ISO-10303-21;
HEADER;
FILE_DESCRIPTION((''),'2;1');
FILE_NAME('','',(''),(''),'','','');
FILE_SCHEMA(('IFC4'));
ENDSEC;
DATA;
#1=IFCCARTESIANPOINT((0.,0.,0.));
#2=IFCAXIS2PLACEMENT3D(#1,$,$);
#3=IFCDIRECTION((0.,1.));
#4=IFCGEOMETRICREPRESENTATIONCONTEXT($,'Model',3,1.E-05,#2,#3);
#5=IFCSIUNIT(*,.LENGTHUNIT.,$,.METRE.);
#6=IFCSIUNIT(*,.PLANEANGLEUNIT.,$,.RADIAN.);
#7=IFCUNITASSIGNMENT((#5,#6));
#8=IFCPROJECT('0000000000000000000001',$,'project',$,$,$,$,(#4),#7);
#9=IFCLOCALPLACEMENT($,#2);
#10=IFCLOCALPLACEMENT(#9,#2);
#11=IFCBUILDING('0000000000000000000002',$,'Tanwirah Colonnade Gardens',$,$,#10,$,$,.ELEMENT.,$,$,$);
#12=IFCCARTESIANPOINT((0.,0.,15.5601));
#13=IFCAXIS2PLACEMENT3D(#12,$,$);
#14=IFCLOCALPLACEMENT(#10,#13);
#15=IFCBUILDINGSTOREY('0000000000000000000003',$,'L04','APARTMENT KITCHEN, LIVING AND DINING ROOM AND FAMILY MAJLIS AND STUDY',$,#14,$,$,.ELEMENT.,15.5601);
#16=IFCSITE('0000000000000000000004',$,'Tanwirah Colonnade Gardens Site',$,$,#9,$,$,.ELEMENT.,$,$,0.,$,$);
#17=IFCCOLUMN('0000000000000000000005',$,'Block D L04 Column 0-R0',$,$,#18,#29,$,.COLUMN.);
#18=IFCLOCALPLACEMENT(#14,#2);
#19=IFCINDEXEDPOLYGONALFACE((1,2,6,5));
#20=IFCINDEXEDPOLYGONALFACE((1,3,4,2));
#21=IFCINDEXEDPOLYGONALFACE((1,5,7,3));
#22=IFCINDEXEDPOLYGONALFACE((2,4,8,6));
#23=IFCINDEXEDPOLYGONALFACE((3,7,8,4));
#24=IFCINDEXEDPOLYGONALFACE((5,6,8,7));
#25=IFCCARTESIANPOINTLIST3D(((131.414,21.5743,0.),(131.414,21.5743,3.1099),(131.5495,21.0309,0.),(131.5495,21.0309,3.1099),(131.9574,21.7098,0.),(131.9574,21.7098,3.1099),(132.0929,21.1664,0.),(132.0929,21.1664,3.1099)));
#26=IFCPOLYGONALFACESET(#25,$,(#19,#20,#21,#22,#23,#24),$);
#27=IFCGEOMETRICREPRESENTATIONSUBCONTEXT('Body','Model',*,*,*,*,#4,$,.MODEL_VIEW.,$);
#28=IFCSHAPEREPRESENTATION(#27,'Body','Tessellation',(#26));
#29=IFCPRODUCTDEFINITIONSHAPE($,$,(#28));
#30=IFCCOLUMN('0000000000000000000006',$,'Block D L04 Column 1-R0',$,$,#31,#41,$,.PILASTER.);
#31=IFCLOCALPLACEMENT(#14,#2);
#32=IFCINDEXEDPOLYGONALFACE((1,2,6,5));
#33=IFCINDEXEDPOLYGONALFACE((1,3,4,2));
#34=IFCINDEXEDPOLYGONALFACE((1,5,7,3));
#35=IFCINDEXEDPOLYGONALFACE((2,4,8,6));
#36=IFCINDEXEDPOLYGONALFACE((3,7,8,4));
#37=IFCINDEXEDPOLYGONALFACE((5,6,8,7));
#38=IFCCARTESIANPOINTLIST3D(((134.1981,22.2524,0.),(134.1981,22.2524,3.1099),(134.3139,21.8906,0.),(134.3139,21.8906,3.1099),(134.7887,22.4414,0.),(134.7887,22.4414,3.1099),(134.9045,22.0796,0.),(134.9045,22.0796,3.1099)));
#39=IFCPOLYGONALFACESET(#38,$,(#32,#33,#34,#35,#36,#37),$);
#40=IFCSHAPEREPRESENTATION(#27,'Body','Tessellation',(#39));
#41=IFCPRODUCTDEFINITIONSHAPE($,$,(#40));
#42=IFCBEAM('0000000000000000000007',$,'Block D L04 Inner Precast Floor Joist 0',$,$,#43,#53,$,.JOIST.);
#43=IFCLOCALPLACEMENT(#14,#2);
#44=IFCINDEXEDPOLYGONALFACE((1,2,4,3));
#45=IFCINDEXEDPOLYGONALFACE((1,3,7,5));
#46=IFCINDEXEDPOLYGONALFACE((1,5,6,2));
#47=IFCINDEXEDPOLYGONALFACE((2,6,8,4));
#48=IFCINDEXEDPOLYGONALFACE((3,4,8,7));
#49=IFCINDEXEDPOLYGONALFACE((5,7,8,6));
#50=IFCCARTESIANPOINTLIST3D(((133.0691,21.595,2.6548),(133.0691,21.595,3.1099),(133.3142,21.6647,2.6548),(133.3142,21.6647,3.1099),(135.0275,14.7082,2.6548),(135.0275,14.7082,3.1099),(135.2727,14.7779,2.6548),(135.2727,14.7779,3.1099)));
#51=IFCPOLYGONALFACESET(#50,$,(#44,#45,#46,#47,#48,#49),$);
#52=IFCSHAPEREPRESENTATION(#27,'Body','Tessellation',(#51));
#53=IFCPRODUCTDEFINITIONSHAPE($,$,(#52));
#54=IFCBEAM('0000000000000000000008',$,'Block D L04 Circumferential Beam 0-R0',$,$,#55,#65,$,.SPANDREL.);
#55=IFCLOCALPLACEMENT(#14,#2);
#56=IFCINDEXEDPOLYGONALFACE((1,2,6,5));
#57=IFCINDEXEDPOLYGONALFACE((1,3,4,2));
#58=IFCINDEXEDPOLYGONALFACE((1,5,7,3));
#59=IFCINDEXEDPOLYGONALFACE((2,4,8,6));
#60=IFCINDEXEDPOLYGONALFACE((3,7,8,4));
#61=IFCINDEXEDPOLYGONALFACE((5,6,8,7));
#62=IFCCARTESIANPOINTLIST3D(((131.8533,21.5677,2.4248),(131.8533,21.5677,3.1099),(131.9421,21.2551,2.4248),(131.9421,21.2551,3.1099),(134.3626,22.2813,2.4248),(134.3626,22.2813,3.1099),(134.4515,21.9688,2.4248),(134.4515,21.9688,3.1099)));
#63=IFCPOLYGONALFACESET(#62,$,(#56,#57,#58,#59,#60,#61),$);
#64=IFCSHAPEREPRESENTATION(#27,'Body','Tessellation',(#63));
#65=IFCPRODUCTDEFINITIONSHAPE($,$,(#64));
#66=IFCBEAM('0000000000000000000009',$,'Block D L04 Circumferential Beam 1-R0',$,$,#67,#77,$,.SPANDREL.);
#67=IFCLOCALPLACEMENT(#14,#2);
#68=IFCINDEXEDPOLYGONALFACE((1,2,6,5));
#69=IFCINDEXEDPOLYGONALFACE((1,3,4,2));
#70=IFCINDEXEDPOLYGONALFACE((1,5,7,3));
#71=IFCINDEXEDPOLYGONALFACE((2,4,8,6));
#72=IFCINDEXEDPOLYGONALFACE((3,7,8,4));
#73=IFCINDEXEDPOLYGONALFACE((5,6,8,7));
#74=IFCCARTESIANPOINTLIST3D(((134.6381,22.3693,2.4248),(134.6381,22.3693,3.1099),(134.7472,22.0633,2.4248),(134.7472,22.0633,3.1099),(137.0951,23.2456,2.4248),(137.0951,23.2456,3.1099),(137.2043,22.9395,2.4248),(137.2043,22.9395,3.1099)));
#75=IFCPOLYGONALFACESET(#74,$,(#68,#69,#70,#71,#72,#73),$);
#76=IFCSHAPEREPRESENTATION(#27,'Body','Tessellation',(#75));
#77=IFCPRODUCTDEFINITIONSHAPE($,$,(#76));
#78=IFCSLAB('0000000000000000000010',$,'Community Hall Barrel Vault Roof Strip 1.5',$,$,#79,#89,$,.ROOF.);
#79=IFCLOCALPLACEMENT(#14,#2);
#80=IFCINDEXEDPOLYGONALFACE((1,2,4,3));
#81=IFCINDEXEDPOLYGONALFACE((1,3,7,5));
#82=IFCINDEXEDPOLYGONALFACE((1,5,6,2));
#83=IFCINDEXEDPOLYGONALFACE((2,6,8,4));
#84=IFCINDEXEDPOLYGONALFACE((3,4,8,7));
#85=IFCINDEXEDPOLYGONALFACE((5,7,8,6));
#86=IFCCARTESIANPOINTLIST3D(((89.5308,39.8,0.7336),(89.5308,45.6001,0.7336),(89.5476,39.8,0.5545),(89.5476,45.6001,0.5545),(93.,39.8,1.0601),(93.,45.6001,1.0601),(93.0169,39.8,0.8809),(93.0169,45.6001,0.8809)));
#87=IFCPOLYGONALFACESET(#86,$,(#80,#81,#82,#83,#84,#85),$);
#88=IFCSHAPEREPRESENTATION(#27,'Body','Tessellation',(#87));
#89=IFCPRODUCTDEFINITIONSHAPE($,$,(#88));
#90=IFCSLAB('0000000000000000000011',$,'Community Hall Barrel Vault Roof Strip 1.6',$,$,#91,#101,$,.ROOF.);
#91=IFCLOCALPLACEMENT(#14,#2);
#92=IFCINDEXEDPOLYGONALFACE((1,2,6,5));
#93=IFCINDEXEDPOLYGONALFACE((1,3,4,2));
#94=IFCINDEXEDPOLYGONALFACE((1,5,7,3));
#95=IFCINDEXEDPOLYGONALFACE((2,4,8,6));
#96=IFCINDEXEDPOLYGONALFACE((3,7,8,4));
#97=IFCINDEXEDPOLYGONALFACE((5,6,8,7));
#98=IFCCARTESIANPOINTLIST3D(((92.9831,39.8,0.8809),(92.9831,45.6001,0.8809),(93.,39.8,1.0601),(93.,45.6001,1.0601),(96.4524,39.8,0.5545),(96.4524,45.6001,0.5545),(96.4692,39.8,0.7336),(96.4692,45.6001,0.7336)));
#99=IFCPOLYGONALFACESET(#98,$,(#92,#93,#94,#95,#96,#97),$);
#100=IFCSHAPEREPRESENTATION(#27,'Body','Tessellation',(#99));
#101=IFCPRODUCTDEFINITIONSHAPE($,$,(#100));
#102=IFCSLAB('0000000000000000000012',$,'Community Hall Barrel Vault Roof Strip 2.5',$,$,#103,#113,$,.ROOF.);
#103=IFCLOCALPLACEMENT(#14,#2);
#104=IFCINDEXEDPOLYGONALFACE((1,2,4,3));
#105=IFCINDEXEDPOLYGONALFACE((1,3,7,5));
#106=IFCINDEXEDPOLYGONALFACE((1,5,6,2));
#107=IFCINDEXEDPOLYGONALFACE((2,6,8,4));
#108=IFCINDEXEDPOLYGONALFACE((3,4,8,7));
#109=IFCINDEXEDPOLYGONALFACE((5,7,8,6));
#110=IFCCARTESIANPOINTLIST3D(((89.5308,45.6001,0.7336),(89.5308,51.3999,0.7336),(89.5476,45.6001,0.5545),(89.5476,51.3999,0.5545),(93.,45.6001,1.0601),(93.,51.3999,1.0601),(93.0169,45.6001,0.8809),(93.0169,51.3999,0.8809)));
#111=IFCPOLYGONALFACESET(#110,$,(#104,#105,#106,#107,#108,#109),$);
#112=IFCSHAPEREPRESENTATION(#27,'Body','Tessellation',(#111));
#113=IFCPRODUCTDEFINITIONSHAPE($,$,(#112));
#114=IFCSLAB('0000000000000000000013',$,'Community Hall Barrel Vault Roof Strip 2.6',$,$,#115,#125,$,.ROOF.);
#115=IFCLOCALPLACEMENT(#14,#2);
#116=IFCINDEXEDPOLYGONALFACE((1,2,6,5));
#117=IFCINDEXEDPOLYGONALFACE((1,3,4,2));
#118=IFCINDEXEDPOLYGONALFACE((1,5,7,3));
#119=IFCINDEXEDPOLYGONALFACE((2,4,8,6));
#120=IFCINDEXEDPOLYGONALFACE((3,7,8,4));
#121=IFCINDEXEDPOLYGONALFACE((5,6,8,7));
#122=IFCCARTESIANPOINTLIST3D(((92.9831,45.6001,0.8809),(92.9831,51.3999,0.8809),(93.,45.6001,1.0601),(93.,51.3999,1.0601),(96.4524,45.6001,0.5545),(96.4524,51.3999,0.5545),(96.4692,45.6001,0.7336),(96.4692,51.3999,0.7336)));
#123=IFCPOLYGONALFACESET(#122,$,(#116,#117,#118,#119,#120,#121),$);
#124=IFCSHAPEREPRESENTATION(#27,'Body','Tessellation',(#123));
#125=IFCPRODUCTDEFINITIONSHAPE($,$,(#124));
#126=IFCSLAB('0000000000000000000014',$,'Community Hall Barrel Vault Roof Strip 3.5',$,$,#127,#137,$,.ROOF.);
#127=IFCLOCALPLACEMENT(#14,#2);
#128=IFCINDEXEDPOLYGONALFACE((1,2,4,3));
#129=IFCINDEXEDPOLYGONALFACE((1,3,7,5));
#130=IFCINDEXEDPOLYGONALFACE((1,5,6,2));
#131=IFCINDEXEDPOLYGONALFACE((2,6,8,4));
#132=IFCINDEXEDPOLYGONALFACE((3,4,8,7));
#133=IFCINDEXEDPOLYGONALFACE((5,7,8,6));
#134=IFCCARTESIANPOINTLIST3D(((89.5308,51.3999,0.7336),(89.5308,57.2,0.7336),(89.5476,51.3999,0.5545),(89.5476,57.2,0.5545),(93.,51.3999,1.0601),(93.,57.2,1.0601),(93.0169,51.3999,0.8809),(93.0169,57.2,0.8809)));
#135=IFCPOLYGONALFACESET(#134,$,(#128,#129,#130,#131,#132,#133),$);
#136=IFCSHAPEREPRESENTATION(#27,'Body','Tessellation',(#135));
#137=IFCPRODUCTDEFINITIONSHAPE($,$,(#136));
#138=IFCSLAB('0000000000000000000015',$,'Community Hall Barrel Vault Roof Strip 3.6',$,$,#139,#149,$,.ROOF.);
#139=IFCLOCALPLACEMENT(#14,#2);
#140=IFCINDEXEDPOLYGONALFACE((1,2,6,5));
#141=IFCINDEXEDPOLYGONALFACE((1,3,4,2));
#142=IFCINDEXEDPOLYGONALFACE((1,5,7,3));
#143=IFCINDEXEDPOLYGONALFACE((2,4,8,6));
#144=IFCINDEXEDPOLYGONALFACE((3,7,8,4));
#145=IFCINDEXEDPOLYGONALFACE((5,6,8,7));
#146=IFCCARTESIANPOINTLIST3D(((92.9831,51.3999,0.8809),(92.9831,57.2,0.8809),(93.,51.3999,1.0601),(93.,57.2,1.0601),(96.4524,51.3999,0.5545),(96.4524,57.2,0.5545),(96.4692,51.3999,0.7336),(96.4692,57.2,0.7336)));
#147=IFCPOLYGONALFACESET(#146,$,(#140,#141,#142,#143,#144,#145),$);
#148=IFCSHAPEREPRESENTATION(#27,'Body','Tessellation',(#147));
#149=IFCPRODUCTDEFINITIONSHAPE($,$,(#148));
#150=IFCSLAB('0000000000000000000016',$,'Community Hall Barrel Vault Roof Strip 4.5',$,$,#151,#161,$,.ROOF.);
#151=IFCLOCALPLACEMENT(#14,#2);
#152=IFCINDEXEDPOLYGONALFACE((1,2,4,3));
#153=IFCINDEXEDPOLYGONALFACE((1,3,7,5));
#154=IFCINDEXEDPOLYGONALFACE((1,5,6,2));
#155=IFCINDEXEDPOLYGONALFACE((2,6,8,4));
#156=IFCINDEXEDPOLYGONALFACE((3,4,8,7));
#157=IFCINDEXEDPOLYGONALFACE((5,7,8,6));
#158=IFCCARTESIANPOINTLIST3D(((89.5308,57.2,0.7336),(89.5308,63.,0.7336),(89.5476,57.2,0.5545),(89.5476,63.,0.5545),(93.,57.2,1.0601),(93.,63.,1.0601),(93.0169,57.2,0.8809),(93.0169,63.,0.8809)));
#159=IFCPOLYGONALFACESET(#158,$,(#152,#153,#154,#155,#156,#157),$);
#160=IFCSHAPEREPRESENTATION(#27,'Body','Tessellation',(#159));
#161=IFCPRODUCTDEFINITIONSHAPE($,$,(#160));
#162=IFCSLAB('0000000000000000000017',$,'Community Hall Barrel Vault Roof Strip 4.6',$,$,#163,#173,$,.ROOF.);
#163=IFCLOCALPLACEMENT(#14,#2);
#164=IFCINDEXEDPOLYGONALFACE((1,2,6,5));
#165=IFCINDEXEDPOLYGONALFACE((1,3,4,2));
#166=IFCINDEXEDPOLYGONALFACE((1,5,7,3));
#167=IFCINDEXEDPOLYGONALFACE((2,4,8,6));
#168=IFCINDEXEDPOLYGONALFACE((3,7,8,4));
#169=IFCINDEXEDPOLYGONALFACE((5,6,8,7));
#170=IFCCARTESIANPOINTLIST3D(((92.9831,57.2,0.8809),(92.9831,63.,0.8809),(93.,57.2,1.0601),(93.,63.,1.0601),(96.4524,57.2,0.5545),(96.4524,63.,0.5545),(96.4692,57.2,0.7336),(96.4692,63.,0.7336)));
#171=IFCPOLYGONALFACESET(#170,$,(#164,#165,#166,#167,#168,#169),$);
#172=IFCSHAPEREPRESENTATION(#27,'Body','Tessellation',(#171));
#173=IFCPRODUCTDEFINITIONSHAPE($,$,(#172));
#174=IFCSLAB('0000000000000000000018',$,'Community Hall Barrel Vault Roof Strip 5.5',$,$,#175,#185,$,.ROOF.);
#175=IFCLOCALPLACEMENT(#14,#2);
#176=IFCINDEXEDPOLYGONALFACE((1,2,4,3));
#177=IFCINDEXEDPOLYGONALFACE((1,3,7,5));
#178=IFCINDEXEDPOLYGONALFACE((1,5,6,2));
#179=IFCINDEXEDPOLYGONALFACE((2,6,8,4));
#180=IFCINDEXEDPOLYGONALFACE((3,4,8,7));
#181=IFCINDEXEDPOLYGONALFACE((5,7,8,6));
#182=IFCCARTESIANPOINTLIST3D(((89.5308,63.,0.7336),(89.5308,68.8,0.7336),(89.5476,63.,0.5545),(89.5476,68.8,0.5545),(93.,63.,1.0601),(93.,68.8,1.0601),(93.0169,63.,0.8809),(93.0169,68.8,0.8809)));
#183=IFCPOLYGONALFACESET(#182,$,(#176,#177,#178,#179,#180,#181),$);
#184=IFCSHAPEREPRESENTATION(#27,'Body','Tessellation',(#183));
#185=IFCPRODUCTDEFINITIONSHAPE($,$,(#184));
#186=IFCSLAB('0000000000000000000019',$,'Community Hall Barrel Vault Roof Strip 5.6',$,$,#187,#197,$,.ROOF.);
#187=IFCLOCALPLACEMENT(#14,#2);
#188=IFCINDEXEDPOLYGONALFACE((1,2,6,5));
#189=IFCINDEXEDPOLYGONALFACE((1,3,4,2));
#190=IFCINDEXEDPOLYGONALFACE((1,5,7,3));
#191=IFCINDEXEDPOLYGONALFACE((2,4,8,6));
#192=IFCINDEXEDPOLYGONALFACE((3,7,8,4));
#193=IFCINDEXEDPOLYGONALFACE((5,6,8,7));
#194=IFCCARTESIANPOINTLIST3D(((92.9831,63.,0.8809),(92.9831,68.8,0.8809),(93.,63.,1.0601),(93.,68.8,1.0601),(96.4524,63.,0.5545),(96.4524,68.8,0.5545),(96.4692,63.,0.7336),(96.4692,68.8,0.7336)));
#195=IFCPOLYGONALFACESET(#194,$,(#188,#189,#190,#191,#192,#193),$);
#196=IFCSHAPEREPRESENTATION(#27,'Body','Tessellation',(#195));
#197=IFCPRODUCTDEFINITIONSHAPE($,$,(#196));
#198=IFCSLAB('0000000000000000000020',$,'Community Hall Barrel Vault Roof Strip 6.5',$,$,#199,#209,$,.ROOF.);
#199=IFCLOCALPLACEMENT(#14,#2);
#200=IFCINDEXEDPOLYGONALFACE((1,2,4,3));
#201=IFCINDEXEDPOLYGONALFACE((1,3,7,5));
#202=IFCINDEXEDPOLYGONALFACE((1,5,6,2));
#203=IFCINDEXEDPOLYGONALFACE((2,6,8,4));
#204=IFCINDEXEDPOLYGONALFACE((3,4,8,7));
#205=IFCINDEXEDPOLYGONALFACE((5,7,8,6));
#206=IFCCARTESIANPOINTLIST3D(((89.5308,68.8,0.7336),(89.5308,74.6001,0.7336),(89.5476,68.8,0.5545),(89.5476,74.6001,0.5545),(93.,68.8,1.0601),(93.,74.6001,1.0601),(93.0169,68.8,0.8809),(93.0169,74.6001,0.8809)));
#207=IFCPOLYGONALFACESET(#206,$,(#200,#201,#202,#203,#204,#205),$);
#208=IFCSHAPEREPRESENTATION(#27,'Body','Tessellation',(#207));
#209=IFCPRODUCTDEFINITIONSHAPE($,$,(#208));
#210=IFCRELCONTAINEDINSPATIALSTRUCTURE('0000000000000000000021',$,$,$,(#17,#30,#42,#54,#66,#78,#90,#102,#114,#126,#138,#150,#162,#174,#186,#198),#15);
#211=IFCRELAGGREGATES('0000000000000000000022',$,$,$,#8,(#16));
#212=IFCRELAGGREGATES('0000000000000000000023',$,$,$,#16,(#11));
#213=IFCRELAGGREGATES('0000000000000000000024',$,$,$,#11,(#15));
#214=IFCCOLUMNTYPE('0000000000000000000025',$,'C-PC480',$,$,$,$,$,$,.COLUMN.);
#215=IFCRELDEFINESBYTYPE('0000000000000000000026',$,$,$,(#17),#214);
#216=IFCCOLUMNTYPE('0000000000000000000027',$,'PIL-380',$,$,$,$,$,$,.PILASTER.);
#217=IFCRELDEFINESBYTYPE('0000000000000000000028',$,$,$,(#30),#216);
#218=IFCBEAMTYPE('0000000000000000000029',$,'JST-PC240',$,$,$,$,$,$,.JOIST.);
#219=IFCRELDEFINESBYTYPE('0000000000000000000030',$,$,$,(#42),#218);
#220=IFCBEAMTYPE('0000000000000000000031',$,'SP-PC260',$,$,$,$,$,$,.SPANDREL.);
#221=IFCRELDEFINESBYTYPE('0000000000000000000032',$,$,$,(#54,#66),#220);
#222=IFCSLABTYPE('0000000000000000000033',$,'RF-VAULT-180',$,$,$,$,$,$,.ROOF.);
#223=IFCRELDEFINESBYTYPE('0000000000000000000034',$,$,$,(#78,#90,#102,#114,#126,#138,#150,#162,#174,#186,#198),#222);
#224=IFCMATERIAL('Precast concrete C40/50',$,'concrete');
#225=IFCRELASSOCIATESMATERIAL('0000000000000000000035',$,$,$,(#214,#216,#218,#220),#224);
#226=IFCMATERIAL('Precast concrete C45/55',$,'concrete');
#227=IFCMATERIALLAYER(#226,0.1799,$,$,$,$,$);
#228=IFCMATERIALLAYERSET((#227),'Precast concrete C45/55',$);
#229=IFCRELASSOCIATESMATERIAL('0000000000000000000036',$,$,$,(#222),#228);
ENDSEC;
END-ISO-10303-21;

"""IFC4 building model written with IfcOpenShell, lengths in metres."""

from ifc_helpers import new_model, si_unit, direction, frame, origin, origin_2d, place, context, subcontext, project, spatial, polyline, rectangle, outline, extrude, material, layer, layer_set, material_profile, profile_set, type_object, element, save


model = new_model("IFC4")

# Units and contexts
model_context = context("Model", 3, precision=1e-05, world=origin(), true_north=direction((0.0, 1.0)))
body_context = subcontext(model_context, "Body", "Model", "MODEL_VIEW")
ifc_project = project(units=[si_unit("LENGTHUNIT", "METRE"), si_unit("PLANEANGLEUNIT", "RADIAN")], contexts=[model_context])

# Site, building, storey
site_placement = place(None, origin())
site = spatial("IfcSite", under=ifc_project, at=site_placement, Name="Tanwirah Colonnade Gardens Site", CompositionType="ELEMENT", RefElevation=0.0)
building_placement = place(site_placement, origin())
building = spatial("IfcBuilding", under=site, at=building_placement, Name="Tanwirah Colonnade Gardens", CompositionType="ELEMENT")
storey_placement = place(building_placement, frame((0.0, 0.0, 15.5601)))
storey = spatial("IfcBuildingStorey", under=building, at=storey_placement, Name="L04", Description="APARTMENT KITCHEN, LIVING AND DINING ROOM AND FAMILY MAJLIS AND STUDY", CompositionType="ELEMENT", Elevation=15.5601)

# Columns
ifc_material_1 = material(Name="Precast concrete C40/50", Category="concrete")
ifc_material_profile_1 = material_profile(ifc_material_1, rectangle(XDim=0.5601, YDim=0.5601, at=origin_2d()), Name="PC-COL 560x560")
ifc_profile_set_1 = profile_set([ifc_material_profile_1], Name="Precast concrete C40/50")
column_type_1 = type_object("IfcColumnType", Name="C-PC480", PredefinedType="COLUMN", material=ifc_profile_set_1)
column_1_placement = place(storey_placement, frame((131.7534, 21.3704, 0.0), z_axis=(0.0, 0.0, 1.0), x_axis=(0.241922, -0.970296, 0.0)))
element("IfcColumn", 1, at=column_1_placement, inside=storey, type_object=column_type_1, Name="Block D L04 Column 0-R0", PredefinedType="COLUMN", context=body_context, shape_type="SweptSolid", body=[
    extrude(rectangle(XDim=0.5601, YDim=0.5601, at=origin_2d()), origin(), (0.0, 0.0, 1.0), 3.1099),
])
ifc_material_profile_2 = material_profile(ifc_material_1, rectangle(XDim=0.3799, YDim=0.6201, at=origin_2d()), Name="PC-PIL 380x620")
ifc_profile_set_2 = profile_set([ifc_material_profile_2], Name="Precast concrete C40/50")
column_type_2 = type_object("IfcColumnType", Name="PIL-380", PredefinedType="PILASTER", material=ifc_profile_set_2)
column_2_placement = place(storey_placement, frame((134.5513, 22.166, 0.0), z_axis=(0.0, 0.0, 1.0), x_axis=(0.304864, -0.952396, 0.0)))
element("IfcColumn", 2, at=column_2_placement, inside=storey, type_object=column_type_2, Name="Block D L04 Column 1-R0", PredefinedType="PILASTER", context=body_context, shape_type="SweptSolid", body=[
    extrude(rectangle(XDim=0.3799, YDim=0.6201, at=origin_2d()), origin(), (0.0, 0.0, 1.0), 3.1099),
])

# Beams
ifc_material_profile_3 = material_profile(ifc_material_1, rectangle(XDim=0.2549, YDim=0.4551, at=origin_2d()), Name="PC-JST 255x455")
ifc_profile_set_3 = profile_set([ifc_material_profile_3], Name="Precast concrete C40/50")
beam_type_1 = type_object("IfcBeamType", Name="JST-PC240", PredefinedType="JOIST", material=ifc_profile_set_3)
beam_1_placement = place(storey_placement, frame((133.1917, 21.6299, 2.8823), z_axis=(0.273532, -0.961863, 0.0), x_axis=(0.961863, 0.273532, 0.0)))
element("IfcBeam", 3, at=beam_1_placement, inside=storey, type_object=beam_type_1, Name="Block D L04 Inner Precast Floor Joist 0", PredefinedType="JOIST", context=body_context, shape_type="SweptSolid", body=[
    extrude(rectangle(XDim=0.2549, YDim=0.4551, at=origin_2d()), origin(), (0.0, 0.0, 1.0), 7.1599),
])
ifc_material_profile_4 = material_profile(ifc_material_1, rectangle(XDim=0.325, YDim=0.6851, at=origin_2d()), Name="PC-SP 325x685")
ifc_profile_set_4 = profile_set([ifc_material_profile_4], Name="Precast concrete C40/50")
beam_type_2 = type_object("IfcBeamType", Name="SP-PC260", PredefinedType="SPANDREL", material=ifc_profile_set_4)
beam_2_placement = place(storey_placement, frame((131.8977, 21.4114, 2.7673), z_axis=(0.961859, 0.273547, 0.0), x_axis=(-0.273547, 0.961859, 0.0)))
element("IfcBeam", 4, at=beam_2_placement, inside=storey, type_object=beam_type_2, Name="Block D L04 Circumferential Beam 0-R0", PredefinedType="SPANDREL", context=body_context, shape_type="SweptSolid", body=[
    extrude(rectangle(XDim=0.325, YDim=0.6851, at=origin_2d()), origin(), (0.0, 0.0, 1.0), 2.6089),
])
beam_3_placement = place(storey_placement, frame((134.6926, 22.2163, 2.7673), z_axis=(0.941898, 0.335898, 0.0), x_axis=(-0.335898, 0.941898, 0.0)))
element("IfcBeam", 5, at=beam_3_placement, inside=storey, type_object=beam_type_2, Name="Block D L04 Circumferential Beam 1-R0", PredefinedType="SPANDREL", context=body_context, shape_type="SweptSolid", body=[
    extrude(rectangle(XDim=0.325, YDim=0.6851, at=origin_2d()), origin(), (0.0, 0.0, 1.0), 2.6086),
])

# Slabs
ifc_material_2 = material(Name="Precast concrete C45/55", Category="concrete")
ifc_layer_1 = layer(ifc_material_2, 0.1799)
ifc_layer_set_1 = layer_set([ifc_layer_1], Name="Precast concrete C45/55")
slab_type = type_object("IfcSlabType", Name="RF-VAULT-180", PredefinedType="ROOF", material=ifc_layer_set_1)
for number, where, z_axis, x_axis, name in (
    (6, (89.5308, 39.8, 0.7336), (-0.093675, 0.0, 0.995603), (0.995603, 0.0, 0.093675), "Community Hall Barrel Vault Roof Strip 1.5"),
    (7, (93.0, 39.8, 1.0601), (0.093675, 0.0, 0.995603), (0.995603, 0.0, -0.093675), "Community Hall Barrel Vault Roof Strip 1.6"),
):
    element("IfcSlab", number, at=place(storey_placement, frame(where, z_axis=z_axis, x_axis=x_axis)), inside=storey, type_object=slab_type, Name=name, PredefinedType="ROOF", context=body_context, shape_type="SweptSolid", body=[
        extrude(outline(polyline([(0.0, 0.0), (3.4846, 0.0), (3.4846, 5.8), (0.0, 5.8), (0.0, 0.0)])), origin(), (0.0, 0.0, -1.0), 0.1799),
    ])
for number, where, z_axis, x_axis, name in (
    (8, (89.5308, 45.6001, 0.7336), (-0.093675, 0.0, 0.995603), (0.995603, 0.0, 0.093675), "Community Hall Barrel Vault Roof Strip 2.5"),
    (9, (93.0, 45.6001, 1.0601), (0.093675, 0.0, 0.995603), (0.995603, 0.0, -0.093675), "Community Hall Barrel Vault Roof Strip 2.6"),
):
    element("IfcSlab", number, at=place(storey_placement, frame(where, z_axis=z_axis, x_axis=x_axis)), inside=storey, type_object=slab_type, Name=name, PredefinedType="ROOF", context=body_context, shape_type="SweptSolid", body=[
        extrude(outline(polyline([(0.0, 0.0), (3.4846, 0.0), (3.4846, 5.7998), (0.0, 5.7998), (0.0, 0.0)])), origin(), (0.0, 0.0, -1.0), 0.1799),
    ])
for number, where, z_axis, x_axis, name in (
    (10, (89.5308, 51.3999, 0.7336), (-0.093675, 0.0, 0.995603), (0.995603, 0.0, 0.093675), "Community Hall Barrel Vault Roof Strip 3.5"),
    (11, (93.0, 51.3999, 1.0601), (0.093675, 0.0, 0.995603), (0.995603, 0.0, -0.093675), "Community Hall Barrel Vault Roof Strip 3.6"),
    (12, (89.5308, 57.2, 0.7336), (-0.093675, 0.0, 0.995603), (0.995603, 0.0, 0.093675), "Community Hall Barrel Vault Roof Strip 4.5"),
    (13, (93.0, 57.2, 1.0601), (0.093675, 0.0, 0.995603), (0.995603, 0.0, -0.093675), "Community Hall Barrel Vault Roof Strip 4.6"),
    (14, (89.5308, 63.0, 0.7336), (-0.093675, 0.0, 0.995603), (0.995603, 0.0, 0.093675), "Community Hall Barrel Vault Roof Strip 5.5"),
    (15, (93.0, 63.0, 1.0601), (0.093675, 0.0, 0.995603), (0.995603, 0.0, -0.093675), "Community Hall Barrel Vault Roof Strip 5.6"),
    (16, (89.5308, 68.8, 0.7336), (-0.093675, 0.0, 0.995603), (0.995603, 0.0, 0.093675), "Community Hall Barrel Vault Roof Strip 6.5"),
):
    element("IfcSlab", number, at=place(storey_placement, frame(where, z_axis=z_axis, x_axis=x_axis)), inside=storey, type_object=slab_type, Name=name, PredefinedType="ROOF", context=body_context, shape_type="SweptSolid", body=[
        extrude(outline(polyline([(0.0, 0.0), (3.4846, 0.0), (3.4846, 5.8), (0.0, 5.8), (0.0, 0.0)])), origin(), (0.0, 0.0, -1.0), 0.1799),
    ])

save(model, "model.ifc")
